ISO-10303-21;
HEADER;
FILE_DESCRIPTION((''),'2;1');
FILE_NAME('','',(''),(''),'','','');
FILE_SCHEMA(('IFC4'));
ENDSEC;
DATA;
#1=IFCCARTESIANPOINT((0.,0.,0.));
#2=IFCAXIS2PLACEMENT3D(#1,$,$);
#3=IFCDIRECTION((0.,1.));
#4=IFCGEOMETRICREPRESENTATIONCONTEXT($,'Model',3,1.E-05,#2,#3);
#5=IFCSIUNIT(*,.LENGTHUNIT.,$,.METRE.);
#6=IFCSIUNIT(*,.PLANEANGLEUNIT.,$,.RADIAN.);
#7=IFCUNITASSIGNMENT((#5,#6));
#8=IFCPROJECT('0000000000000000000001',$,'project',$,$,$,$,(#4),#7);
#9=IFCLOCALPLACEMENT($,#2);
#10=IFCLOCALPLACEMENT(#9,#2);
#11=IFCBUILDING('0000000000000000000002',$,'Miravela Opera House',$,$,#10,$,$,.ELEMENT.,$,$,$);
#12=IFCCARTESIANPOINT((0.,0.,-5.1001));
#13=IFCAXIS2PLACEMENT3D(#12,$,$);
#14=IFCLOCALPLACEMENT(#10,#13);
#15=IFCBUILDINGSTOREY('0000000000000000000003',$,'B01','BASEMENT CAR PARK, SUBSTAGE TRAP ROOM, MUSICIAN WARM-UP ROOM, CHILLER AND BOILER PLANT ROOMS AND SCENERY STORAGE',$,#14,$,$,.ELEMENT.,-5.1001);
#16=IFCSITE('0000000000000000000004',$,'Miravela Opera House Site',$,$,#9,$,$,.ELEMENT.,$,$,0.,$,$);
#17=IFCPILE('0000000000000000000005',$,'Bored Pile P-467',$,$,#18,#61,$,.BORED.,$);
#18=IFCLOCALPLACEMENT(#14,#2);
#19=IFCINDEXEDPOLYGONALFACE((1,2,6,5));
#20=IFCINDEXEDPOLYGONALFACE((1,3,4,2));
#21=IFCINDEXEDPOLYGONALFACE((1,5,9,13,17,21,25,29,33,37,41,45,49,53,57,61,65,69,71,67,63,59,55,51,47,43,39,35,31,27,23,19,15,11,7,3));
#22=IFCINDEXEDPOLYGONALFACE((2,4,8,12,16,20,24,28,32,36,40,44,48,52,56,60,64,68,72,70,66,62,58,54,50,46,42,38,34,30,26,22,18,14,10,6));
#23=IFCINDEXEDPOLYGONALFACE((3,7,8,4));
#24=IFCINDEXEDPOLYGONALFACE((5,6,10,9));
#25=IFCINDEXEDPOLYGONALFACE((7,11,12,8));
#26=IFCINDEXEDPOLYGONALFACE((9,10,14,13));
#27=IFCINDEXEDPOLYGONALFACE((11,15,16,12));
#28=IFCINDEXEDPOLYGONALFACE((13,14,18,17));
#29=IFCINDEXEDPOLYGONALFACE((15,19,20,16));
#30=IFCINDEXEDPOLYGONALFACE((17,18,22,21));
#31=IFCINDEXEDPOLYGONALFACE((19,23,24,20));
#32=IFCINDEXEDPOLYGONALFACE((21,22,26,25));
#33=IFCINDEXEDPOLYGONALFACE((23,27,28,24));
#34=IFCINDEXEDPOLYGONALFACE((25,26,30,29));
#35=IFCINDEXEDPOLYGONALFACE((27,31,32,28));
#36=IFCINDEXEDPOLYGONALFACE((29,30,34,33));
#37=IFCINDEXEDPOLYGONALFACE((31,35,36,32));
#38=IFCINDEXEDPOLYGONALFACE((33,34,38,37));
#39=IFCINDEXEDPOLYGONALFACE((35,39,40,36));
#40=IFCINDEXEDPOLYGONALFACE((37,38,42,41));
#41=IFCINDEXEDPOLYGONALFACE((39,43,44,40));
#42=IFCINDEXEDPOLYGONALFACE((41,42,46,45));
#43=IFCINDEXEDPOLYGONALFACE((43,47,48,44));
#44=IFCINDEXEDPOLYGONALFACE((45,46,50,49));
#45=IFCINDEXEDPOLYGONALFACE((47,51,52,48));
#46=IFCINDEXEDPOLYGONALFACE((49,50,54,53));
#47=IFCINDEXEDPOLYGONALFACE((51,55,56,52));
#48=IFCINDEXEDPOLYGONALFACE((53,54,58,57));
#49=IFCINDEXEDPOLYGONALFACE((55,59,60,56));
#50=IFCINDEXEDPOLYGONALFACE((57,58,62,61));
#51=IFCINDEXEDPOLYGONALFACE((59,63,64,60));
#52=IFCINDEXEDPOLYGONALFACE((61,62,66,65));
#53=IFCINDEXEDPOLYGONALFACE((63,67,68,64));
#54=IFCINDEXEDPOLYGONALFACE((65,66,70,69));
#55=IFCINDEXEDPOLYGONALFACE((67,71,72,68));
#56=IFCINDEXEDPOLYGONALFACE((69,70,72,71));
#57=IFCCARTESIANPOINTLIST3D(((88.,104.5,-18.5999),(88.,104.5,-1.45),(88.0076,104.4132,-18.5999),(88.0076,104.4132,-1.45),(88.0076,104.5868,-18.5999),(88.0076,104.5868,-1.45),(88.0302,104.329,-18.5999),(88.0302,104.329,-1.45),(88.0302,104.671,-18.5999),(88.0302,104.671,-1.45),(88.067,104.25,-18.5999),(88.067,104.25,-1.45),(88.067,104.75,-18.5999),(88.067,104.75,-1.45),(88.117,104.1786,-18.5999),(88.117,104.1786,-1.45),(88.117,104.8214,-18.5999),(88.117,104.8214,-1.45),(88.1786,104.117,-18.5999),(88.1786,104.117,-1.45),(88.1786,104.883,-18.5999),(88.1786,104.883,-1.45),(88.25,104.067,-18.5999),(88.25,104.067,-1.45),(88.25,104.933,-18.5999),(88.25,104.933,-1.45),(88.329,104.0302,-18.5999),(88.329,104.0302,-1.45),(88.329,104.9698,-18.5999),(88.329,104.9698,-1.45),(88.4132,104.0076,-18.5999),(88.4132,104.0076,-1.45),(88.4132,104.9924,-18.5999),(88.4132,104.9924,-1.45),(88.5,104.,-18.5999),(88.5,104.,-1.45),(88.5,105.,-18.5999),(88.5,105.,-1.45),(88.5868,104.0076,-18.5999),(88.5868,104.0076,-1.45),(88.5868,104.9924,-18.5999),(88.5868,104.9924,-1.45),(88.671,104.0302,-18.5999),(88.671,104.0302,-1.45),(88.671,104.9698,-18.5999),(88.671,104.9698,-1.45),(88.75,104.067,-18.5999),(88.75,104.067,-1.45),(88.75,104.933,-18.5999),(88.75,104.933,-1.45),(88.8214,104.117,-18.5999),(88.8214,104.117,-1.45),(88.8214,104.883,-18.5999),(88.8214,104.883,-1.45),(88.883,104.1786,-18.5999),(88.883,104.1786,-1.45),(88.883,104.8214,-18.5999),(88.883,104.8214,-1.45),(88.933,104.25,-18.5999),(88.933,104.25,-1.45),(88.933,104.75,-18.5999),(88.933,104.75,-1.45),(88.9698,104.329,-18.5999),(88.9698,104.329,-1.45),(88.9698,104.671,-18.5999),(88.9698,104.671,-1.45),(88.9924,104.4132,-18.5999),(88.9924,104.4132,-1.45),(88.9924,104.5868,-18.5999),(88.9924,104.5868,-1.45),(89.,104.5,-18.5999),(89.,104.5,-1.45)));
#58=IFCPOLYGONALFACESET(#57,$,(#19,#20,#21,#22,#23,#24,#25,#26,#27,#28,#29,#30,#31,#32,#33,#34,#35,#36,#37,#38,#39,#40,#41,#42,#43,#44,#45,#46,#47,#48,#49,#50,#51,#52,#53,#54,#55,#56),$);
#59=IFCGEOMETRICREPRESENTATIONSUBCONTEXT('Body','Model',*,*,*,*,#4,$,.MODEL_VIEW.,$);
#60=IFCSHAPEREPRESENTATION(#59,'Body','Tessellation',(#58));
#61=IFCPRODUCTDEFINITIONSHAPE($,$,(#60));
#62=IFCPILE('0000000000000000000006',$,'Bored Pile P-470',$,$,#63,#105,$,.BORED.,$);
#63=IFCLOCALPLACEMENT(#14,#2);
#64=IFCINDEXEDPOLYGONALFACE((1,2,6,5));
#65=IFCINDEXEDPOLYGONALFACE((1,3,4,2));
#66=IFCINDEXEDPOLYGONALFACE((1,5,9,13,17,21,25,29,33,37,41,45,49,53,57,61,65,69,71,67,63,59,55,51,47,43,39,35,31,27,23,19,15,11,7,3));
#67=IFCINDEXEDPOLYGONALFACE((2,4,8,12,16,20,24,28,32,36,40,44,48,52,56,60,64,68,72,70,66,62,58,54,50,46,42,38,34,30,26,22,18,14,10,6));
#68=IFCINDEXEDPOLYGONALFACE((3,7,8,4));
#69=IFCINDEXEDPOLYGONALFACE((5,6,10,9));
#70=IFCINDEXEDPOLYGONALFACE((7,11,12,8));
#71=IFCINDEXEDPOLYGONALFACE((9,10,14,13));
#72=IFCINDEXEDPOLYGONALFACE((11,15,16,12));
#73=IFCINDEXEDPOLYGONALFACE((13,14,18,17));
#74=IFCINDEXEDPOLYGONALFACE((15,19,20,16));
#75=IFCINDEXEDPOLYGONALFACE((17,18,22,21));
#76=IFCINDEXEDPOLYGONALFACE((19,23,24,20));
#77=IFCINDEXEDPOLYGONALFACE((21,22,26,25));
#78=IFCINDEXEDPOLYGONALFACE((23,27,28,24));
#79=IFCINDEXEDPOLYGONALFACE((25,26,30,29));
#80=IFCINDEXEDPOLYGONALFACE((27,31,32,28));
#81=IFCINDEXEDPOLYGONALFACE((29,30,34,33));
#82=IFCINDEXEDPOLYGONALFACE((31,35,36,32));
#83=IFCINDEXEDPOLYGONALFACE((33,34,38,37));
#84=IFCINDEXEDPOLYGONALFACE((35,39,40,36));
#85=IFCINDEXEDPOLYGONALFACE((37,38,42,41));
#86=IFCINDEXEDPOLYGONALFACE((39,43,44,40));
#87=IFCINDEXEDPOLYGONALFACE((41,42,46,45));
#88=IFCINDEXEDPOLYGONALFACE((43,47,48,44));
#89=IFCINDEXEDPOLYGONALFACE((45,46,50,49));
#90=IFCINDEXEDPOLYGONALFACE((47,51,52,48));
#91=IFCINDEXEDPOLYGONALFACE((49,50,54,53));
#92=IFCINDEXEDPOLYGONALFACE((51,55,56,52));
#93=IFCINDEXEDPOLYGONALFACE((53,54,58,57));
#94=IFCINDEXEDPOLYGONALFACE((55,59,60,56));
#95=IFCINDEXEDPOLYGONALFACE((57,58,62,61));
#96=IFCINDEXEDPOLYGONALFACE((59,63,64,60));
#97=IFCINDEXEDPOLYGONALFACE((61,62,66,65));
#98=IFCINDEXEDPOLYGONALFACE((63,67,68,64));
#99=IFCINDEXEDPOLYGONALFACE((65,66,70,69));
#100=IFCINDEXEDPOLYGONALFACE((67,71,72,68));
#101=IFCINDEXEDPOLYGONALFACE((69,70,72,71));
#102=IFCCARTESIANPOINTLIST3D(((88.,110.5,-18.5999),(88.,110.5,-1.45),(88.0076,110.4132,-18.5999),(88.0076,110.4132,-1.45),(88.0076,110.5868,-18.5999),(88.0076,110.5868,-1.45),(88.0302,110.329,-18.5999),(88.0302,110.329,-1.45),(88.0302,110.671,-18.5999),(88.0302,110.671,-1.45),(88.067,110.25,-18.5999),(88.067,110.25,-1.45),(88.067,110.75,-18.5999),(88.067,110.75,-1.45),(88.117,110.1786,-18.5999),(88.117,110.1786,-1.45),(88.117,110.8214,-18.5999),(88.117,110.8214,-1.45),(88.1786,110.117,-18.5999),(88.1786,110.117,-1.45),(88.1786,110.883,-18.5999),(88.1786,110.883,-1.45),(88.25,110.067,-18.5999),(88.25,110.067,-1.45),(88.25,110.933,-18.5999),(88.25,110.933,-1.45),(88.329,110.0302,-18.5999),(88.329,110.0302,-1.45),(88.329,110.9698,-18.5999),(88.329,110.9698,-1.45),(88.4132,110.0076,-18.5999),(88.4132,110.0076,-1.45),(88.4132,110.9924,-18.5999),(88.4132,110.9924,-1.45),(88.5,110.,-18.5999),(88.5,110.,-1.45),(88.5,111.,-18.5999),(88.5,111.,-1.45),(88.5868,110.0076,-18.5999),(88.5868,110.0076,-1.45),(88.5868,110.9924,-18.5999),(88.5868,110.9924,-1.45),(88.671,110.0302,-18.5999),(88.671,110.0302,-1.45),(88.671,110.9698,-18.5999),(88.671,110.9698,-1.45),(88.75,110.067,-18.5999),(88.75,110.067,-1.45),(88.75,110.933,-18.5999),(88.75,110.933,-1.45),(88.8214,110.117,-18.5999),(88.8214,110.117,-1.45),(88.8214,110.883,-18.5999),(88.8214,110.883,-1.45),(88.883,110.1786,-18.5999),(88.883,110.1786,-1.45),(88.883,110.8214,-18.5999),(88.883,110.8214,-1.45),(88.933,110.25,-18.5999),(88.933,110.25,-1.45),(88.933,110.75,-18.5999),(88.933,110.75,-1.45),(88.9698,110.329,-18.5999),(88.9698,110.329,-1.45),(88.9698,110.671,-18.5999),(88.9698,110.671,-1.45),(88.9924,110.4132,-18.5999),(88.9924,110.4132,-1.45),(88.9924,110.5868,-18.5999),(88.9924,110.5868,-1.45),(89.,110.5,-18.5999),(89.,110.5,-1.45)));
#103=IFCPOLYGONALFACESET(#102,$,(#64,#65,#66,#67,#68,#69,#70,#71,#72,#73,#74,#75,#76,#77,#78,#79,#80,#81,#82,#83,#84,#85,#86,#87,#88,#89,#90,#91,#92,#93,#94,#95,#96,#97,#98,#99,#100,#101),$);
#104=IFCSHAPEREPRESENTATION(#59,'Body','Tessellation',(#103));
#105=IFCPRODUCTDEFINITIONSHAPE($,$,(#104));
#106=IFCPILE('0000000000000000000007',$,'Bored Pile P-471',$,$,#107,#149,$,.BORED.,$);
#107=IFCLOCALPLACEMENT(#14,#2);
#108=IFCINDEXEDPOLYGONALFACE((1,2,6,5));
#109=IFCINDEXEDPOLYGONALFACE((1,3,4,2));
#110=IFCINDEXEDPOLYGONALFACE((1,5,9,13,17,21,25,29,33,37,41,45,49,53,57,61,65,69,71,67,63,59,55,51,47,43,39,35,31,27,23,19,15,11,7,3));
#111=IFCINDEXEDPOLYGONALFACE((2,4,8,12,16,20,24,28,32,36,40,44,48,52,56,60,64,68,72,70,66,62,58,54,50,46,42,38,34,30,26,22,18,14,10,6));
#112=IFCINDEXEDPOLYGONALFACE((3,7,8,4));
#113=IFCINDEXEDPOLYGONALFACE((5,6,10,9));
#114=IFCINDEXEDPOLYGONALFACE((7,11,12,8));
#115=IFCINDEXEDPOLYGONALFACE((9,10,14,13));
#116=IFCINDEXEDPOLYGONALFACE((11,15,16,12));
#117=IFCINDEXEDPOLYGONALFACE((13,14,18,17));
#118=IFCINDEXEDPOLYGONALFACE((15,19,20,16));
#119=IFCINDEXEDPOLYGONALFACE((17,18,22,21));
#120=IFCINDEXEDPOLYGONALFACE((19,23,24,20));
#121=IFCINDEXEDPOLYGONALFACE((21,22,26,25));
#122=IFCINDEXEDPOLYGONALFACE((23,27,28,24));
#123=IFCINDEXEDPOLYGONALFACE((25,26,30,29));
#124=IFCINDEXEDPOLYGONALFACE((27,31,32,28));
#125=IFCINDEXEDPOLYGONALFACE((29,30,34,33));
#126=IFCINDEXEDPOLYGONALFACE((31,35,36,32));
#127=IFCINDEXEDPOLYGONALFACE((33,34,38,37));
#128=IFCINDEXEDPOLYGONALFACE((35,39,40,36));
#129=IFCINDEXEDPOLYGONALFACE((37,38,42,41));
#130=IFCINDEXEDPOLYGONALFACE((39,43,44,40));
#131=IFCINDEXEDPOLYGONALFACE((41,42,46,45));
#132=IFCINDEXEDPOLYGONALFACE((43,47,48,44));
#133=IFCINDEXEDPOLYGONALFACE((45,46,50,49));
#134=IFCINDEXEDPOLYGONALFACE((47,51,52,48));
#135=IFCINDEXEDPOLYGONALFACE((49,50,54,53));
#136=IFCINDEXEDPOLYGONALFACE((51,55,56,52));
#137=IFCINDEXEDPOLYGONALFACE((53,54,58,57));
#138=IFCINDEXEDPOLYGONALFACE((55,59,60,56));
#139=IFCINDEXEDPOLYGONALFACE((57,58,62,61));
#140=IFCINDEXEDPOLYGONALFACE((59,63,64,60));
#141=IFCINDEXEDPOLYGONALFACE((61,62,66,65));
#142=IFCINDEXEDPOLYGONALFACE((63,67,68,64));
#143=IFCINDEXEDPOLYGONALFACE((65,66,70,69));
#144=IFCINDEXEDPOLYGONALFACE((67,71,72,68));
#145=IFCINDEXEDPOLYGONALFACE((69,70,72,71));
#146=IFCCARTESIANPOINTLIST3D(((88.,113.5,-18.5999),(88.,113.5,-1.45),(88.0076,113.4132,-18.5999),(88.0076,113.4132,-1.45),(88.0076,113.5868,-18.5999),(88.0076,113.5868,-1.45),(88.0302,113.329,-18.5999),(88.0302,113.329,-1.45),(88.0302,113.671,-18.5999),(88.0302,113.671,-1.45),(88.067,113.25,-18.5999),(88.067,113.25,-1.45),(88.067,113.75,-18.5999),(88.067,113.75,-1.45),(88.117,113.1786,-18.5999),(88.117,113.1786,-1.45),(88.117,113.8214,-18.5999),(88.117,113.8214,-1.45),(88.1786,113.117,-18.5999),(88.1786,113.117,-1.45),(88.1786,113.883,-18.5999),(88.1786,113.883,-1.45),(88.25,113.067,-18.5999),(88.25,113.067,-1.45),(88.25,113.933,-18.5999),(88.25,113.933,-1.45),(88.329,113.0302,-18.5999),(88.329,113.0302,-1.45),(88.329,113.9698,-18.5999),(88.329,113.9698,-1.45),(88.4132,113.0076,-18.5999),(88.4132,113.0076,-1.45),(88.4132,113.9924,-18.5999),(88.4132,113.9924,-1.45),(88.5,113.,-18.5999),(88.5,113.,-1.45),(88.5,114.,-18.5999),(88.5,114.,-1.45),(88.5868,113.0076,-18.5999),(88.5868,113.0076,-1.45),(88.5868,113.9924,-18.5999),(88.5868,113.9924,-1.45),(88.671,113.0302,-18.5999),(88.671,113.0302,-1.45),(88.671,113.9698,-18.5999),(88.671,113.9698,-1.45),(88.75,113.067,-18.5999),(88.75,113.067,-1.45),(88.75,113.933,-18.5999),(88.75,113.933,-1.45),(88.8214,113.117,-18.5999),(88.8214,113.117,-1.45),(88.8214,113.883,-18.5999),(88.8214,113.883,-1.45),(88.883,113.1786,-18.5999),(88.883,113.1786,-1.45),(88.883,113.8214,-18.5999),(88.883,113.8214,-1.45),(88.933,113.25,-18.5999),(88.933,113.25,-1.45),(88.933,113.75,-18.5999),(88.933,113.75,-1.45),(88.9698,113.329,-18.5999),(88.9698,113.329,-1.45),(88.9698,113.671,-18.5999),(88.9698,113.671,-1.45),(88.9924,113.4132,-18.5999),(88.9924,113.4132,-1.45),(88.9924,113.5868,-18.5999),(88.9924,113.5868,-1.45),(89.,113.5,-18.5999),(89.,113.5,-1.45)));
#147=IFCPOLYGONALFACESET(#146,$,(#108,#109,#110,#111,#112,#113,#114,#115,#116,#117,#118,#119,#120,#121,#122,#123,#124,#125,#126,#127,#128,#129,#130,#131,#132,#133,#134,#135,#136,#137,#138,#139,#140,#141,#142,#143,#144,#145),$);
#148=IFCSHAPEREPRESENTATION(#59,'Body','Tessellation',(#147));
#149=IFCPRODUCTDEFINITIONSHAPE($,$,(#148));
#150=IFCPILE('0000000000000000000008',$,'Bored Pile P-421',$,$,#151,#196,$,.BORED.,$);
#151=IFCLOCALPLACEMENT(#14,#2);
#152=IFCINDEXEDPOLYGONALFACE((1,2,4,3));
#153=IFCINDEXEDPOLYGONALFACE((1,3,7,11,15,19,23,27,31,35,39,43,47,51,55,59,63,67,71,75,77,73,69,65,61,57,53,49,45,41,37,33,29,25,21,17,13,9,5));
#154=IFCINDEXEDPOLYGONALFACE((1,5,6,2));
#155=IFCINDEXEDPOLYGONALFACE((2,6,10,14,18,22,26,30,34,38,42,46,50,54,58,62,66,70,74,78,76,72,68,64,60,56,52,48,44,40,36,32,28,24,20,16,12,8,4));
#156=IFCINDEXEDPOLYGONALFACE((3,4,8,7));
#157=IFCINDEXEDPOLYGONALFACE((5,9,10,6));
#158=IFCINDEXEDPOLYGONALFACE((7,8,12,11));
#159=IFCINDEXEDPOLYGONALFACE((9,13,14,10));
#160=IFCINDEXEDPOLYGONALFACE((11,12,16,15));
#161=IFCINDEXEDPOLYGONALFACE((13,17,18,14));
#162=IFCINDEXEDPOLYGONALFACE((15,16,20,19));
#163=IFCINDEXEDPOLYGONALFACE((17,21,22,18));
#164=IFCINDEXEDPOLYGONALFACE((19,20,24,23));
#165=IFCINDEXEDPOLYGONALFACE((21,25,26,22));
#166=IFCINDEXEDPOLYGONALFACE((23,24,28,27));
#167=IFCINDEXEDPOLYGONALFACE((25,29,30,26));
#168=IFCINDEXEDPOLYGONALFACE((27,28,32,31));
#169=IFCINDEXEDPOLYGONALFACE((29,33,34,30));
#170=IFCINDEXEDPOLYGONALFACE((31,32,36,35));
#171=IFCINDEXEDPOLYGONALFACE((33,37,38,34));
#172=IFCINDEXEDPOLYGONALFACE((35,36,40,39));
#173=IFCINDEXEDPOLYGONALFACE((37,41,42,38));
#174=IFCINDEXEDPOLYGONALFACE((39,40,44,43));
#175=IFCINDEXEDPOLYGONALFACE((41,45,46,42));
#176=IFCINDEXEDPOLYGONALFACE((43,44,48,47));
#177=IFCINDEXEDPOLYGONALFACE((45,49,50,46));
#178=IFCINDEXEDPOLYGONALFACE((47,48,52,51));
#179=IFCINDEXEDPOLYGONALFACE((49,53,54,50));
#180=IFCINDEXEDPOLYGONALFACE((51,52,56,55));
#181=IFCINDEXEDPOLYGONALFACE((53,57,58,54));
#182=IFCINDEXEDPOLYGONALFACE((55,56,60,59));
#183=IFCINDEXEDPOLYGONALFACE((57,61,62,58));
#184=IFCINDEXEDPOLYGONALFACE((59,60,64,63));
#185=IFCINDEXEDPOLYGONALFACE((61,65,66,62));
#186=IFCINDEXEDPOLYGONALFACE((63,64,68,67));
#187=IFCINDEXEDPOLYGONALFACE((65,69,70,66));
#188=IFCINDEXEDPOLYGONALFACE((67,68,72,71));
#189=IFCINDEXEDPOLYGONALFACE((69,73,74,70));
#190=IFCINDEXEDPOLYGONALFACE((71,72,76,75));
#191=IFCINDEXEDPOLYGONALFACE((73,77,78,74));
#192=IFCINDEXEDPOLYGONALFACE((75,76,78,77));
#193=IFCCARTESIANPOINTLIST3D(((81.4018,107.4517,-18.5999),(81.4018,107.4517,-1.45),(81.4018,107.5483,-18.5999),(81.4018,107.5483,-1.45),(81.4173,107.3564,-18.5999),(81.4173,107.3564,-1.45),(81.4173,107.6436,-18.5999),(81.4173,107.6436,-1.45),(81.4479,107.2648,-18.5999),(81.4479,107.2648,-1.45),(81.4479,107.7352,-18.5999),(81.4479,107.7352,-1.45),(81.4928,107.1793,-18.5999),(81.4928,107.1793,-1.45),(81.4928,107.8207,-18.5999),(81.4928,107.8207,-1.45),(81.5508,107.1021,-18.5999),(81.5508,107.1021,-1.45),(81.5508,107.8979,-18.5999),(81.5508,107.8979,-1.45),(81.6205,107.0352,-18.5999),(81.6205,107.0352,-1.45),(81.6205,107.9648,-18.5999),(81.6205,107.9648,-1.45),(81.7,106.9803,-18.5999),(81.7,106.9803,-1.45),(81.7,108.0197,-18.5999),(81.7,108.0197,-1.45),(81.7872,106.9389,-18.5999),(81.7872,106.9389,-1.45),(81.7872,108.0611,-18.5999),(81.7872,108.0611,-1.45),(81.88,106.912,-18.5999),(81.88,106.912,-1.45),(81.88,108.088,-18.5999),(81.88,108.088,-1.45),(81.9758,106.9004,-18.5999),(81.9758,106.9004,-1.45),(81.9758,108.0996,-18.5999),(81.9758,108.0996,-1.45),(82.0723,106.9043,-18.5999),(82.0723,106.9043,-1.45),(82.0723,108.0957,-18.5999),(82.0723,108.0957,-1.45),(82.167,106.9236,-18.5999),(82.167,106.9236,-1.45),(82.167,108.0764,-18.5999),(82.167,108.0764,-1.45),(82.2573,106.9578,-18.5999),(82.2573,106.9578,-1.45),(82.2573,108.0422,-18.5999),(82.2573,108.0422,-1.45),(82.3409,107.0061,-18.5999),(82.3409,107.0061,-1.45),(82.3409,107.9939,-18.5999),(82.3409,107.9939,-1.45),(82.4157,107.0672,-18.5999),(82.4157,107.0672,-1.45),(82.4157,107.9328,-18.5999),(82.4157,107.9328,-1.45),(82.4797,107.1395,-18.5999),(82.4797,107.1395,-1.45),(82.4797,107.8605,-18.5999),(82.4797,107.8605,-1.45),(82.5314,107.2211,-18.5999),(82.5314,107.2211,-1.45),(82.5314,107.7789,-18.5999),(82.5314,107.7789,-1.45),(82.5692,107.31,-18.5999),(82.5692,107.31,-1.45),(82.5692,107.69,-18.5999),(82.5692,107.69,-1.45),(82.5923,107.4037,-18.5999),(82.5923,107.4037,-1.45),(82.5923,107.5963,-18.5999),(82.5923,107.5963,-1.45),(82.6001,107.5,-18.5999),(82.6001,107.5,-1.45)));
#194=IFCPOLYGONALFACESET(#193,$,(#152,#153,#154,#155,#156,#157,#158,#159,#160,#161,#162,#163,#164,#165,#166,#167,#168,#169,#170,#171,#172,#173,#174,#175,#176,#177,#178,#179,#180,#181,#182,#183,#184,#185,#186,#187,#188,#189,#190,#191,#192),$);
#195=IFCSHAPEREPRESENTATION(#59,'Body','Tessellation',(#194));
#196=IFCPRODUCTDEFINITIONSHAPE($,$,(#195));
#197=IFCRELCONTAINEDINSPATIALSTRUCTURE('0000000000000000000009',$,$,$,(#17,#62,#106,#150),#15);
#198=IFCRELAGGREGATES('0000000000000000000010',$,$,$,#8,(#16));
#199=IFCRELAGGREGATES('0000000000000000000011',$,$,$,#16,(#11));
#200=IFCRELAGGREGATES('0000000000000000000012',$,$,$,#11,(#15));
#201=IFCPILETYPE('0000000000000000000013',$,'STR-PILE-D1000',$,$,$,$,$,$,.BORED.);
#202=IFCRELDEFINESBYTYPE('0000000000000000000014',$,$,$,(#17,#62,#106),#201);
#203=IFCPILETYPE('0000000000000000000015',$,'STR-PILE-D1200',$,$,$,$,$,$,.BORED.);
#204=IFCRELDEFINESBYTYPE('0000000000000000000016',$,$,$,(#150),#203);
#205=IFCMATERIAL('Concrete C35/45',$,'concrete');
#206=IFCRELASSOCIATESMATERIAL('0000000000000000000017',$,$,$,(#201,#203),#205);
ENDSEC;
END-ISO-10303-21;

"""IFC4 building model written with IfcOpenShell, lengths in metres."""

from ifc_helpers import new_model, si_unit, direction, frame, origin, origin_2d, place, context, subcontext, project, spatial, circle, extrude, material, material_profile, profile_set, type_object, element, save


model = new_model("IFC4")

# Units and contexts
model_context = context("Model", 3, precision=1e-05, world=origin(), true_north=direction((0.0, 1.0)))
body_context = subcontext(model_context, "Body", "Model", "MODEL_VIEW")
ifc_project = project(units=[si_unit("LENGTHUNIT", "METRE"), si_unit("PLANEANGLEUNIT", "RADIAN")], contexts=[model_context])

# Site, building, storey
site_placement = place(None, origin())
site = spatial("IfcSite", under=ifc_project, at=site_placement, Name="Miravela Opera House Site", CompositionType="ELEMENT", RefElevation=0.0)
building_placement = place(site_placement, origin())
building = spatial("IfcBuilding", under=site, at=building_placement, Name="Miravela Opera House", CompositionType="ELEMENT")
storey_placement = place(building_placement, frame((0.0, 0.0, -5.1001)))
storey = spatial("IfcBuildingStorey", under=building, at=storey_placement, Name="B01", Description="BASEMENT CAR PARK, SUBSTAGE TRAP ROOM, MUSICIAN WARM-UP ROOM, CHILLER AND BOILER PLANT ROOMS AND SCENERY STORAGE", CompositionType="ELEMENT", Elevation=-5.1001)

# Piles
ifc_material_1 = material(Name="Concrete C35/45", Category="concrete")
ifc_material_profile_1 = material_profile(ifc_material_1, circle(Radius=0.5, at=origin_2d()), Name="PILE-D1000")
ifc_profile_set_1 = profile_set([ifc_material_profile_1])
pile_type_1 = type_object("IfcPileType", Name="STR-PILE-D1000", PredefinedType="BORED", material=ifc_profile_set_1)
for number, where, z_axis, x_axis, name in (
    (1, (88.5, 104.5, -1.45), (0.0, 0.0, -1.0), (1.0, 0.0, 0.0), "Bored Pile P-467"),
    (2, (88.5, 110.5, -1.45), (0.0, 0.0, -1.0), (1.0, 0.0, 0.0), "Bored Pile P-470"),
    (3, (88.5, 113.5, -1.45), (0.0, 0.0, -1.0), (1.0, 0.0, 0.0), "Bored Pile P-471"),
):
    element("IfcPile", number, at=place(storey_placement, frame(where, z_axis=z_axis, x_axis=x_axis)), inside=storey, type_object=pile_type_1, Name=name, PredefinedType="BORED", context=body_context, shape_type="SweptSolid", body=[
        extrude(circle(Radius=0.5, at=origin_2d()), origin(), (0.0, 0.0, 1.0), 17.1499),
    ])
ifc_material_profile_2 = material_profile(ifc_material_1, circle(Radius=0.6001, at=origin_2d()), Name="PILE-D1200")
ifc_profile_set_2 = profile_set([ifc_material_profile_2])
pile_type_2 = type_object("IfcPileType", Name="STR-PILE-D1200", PredefinedType="BORED", material=ifc_profile_set_2)
for number, where, z_axis, x_axis, name in (
    (4, (82.0, 107.5, -1.45), (0.0, 0.0, -1.0), (1.0, 0.0, 0.0), "Bored Pile P-421"),
):
    element("IfcPile", number, at=place(storey_placement, frame(where, z_axis=z_axis, x_axis=x_axis)), inside=storey, type_object=pile_type_2, Name=name, PredefinedType="BORED", context=body_context, shape_type="SweptSolid", body=[
        extrude(circle(Radius=0.6001, at=origin_2d()), origin(), (0.0, 0.0, 1.0), 17.1499),
    ])

save(model, "model.ifc")
